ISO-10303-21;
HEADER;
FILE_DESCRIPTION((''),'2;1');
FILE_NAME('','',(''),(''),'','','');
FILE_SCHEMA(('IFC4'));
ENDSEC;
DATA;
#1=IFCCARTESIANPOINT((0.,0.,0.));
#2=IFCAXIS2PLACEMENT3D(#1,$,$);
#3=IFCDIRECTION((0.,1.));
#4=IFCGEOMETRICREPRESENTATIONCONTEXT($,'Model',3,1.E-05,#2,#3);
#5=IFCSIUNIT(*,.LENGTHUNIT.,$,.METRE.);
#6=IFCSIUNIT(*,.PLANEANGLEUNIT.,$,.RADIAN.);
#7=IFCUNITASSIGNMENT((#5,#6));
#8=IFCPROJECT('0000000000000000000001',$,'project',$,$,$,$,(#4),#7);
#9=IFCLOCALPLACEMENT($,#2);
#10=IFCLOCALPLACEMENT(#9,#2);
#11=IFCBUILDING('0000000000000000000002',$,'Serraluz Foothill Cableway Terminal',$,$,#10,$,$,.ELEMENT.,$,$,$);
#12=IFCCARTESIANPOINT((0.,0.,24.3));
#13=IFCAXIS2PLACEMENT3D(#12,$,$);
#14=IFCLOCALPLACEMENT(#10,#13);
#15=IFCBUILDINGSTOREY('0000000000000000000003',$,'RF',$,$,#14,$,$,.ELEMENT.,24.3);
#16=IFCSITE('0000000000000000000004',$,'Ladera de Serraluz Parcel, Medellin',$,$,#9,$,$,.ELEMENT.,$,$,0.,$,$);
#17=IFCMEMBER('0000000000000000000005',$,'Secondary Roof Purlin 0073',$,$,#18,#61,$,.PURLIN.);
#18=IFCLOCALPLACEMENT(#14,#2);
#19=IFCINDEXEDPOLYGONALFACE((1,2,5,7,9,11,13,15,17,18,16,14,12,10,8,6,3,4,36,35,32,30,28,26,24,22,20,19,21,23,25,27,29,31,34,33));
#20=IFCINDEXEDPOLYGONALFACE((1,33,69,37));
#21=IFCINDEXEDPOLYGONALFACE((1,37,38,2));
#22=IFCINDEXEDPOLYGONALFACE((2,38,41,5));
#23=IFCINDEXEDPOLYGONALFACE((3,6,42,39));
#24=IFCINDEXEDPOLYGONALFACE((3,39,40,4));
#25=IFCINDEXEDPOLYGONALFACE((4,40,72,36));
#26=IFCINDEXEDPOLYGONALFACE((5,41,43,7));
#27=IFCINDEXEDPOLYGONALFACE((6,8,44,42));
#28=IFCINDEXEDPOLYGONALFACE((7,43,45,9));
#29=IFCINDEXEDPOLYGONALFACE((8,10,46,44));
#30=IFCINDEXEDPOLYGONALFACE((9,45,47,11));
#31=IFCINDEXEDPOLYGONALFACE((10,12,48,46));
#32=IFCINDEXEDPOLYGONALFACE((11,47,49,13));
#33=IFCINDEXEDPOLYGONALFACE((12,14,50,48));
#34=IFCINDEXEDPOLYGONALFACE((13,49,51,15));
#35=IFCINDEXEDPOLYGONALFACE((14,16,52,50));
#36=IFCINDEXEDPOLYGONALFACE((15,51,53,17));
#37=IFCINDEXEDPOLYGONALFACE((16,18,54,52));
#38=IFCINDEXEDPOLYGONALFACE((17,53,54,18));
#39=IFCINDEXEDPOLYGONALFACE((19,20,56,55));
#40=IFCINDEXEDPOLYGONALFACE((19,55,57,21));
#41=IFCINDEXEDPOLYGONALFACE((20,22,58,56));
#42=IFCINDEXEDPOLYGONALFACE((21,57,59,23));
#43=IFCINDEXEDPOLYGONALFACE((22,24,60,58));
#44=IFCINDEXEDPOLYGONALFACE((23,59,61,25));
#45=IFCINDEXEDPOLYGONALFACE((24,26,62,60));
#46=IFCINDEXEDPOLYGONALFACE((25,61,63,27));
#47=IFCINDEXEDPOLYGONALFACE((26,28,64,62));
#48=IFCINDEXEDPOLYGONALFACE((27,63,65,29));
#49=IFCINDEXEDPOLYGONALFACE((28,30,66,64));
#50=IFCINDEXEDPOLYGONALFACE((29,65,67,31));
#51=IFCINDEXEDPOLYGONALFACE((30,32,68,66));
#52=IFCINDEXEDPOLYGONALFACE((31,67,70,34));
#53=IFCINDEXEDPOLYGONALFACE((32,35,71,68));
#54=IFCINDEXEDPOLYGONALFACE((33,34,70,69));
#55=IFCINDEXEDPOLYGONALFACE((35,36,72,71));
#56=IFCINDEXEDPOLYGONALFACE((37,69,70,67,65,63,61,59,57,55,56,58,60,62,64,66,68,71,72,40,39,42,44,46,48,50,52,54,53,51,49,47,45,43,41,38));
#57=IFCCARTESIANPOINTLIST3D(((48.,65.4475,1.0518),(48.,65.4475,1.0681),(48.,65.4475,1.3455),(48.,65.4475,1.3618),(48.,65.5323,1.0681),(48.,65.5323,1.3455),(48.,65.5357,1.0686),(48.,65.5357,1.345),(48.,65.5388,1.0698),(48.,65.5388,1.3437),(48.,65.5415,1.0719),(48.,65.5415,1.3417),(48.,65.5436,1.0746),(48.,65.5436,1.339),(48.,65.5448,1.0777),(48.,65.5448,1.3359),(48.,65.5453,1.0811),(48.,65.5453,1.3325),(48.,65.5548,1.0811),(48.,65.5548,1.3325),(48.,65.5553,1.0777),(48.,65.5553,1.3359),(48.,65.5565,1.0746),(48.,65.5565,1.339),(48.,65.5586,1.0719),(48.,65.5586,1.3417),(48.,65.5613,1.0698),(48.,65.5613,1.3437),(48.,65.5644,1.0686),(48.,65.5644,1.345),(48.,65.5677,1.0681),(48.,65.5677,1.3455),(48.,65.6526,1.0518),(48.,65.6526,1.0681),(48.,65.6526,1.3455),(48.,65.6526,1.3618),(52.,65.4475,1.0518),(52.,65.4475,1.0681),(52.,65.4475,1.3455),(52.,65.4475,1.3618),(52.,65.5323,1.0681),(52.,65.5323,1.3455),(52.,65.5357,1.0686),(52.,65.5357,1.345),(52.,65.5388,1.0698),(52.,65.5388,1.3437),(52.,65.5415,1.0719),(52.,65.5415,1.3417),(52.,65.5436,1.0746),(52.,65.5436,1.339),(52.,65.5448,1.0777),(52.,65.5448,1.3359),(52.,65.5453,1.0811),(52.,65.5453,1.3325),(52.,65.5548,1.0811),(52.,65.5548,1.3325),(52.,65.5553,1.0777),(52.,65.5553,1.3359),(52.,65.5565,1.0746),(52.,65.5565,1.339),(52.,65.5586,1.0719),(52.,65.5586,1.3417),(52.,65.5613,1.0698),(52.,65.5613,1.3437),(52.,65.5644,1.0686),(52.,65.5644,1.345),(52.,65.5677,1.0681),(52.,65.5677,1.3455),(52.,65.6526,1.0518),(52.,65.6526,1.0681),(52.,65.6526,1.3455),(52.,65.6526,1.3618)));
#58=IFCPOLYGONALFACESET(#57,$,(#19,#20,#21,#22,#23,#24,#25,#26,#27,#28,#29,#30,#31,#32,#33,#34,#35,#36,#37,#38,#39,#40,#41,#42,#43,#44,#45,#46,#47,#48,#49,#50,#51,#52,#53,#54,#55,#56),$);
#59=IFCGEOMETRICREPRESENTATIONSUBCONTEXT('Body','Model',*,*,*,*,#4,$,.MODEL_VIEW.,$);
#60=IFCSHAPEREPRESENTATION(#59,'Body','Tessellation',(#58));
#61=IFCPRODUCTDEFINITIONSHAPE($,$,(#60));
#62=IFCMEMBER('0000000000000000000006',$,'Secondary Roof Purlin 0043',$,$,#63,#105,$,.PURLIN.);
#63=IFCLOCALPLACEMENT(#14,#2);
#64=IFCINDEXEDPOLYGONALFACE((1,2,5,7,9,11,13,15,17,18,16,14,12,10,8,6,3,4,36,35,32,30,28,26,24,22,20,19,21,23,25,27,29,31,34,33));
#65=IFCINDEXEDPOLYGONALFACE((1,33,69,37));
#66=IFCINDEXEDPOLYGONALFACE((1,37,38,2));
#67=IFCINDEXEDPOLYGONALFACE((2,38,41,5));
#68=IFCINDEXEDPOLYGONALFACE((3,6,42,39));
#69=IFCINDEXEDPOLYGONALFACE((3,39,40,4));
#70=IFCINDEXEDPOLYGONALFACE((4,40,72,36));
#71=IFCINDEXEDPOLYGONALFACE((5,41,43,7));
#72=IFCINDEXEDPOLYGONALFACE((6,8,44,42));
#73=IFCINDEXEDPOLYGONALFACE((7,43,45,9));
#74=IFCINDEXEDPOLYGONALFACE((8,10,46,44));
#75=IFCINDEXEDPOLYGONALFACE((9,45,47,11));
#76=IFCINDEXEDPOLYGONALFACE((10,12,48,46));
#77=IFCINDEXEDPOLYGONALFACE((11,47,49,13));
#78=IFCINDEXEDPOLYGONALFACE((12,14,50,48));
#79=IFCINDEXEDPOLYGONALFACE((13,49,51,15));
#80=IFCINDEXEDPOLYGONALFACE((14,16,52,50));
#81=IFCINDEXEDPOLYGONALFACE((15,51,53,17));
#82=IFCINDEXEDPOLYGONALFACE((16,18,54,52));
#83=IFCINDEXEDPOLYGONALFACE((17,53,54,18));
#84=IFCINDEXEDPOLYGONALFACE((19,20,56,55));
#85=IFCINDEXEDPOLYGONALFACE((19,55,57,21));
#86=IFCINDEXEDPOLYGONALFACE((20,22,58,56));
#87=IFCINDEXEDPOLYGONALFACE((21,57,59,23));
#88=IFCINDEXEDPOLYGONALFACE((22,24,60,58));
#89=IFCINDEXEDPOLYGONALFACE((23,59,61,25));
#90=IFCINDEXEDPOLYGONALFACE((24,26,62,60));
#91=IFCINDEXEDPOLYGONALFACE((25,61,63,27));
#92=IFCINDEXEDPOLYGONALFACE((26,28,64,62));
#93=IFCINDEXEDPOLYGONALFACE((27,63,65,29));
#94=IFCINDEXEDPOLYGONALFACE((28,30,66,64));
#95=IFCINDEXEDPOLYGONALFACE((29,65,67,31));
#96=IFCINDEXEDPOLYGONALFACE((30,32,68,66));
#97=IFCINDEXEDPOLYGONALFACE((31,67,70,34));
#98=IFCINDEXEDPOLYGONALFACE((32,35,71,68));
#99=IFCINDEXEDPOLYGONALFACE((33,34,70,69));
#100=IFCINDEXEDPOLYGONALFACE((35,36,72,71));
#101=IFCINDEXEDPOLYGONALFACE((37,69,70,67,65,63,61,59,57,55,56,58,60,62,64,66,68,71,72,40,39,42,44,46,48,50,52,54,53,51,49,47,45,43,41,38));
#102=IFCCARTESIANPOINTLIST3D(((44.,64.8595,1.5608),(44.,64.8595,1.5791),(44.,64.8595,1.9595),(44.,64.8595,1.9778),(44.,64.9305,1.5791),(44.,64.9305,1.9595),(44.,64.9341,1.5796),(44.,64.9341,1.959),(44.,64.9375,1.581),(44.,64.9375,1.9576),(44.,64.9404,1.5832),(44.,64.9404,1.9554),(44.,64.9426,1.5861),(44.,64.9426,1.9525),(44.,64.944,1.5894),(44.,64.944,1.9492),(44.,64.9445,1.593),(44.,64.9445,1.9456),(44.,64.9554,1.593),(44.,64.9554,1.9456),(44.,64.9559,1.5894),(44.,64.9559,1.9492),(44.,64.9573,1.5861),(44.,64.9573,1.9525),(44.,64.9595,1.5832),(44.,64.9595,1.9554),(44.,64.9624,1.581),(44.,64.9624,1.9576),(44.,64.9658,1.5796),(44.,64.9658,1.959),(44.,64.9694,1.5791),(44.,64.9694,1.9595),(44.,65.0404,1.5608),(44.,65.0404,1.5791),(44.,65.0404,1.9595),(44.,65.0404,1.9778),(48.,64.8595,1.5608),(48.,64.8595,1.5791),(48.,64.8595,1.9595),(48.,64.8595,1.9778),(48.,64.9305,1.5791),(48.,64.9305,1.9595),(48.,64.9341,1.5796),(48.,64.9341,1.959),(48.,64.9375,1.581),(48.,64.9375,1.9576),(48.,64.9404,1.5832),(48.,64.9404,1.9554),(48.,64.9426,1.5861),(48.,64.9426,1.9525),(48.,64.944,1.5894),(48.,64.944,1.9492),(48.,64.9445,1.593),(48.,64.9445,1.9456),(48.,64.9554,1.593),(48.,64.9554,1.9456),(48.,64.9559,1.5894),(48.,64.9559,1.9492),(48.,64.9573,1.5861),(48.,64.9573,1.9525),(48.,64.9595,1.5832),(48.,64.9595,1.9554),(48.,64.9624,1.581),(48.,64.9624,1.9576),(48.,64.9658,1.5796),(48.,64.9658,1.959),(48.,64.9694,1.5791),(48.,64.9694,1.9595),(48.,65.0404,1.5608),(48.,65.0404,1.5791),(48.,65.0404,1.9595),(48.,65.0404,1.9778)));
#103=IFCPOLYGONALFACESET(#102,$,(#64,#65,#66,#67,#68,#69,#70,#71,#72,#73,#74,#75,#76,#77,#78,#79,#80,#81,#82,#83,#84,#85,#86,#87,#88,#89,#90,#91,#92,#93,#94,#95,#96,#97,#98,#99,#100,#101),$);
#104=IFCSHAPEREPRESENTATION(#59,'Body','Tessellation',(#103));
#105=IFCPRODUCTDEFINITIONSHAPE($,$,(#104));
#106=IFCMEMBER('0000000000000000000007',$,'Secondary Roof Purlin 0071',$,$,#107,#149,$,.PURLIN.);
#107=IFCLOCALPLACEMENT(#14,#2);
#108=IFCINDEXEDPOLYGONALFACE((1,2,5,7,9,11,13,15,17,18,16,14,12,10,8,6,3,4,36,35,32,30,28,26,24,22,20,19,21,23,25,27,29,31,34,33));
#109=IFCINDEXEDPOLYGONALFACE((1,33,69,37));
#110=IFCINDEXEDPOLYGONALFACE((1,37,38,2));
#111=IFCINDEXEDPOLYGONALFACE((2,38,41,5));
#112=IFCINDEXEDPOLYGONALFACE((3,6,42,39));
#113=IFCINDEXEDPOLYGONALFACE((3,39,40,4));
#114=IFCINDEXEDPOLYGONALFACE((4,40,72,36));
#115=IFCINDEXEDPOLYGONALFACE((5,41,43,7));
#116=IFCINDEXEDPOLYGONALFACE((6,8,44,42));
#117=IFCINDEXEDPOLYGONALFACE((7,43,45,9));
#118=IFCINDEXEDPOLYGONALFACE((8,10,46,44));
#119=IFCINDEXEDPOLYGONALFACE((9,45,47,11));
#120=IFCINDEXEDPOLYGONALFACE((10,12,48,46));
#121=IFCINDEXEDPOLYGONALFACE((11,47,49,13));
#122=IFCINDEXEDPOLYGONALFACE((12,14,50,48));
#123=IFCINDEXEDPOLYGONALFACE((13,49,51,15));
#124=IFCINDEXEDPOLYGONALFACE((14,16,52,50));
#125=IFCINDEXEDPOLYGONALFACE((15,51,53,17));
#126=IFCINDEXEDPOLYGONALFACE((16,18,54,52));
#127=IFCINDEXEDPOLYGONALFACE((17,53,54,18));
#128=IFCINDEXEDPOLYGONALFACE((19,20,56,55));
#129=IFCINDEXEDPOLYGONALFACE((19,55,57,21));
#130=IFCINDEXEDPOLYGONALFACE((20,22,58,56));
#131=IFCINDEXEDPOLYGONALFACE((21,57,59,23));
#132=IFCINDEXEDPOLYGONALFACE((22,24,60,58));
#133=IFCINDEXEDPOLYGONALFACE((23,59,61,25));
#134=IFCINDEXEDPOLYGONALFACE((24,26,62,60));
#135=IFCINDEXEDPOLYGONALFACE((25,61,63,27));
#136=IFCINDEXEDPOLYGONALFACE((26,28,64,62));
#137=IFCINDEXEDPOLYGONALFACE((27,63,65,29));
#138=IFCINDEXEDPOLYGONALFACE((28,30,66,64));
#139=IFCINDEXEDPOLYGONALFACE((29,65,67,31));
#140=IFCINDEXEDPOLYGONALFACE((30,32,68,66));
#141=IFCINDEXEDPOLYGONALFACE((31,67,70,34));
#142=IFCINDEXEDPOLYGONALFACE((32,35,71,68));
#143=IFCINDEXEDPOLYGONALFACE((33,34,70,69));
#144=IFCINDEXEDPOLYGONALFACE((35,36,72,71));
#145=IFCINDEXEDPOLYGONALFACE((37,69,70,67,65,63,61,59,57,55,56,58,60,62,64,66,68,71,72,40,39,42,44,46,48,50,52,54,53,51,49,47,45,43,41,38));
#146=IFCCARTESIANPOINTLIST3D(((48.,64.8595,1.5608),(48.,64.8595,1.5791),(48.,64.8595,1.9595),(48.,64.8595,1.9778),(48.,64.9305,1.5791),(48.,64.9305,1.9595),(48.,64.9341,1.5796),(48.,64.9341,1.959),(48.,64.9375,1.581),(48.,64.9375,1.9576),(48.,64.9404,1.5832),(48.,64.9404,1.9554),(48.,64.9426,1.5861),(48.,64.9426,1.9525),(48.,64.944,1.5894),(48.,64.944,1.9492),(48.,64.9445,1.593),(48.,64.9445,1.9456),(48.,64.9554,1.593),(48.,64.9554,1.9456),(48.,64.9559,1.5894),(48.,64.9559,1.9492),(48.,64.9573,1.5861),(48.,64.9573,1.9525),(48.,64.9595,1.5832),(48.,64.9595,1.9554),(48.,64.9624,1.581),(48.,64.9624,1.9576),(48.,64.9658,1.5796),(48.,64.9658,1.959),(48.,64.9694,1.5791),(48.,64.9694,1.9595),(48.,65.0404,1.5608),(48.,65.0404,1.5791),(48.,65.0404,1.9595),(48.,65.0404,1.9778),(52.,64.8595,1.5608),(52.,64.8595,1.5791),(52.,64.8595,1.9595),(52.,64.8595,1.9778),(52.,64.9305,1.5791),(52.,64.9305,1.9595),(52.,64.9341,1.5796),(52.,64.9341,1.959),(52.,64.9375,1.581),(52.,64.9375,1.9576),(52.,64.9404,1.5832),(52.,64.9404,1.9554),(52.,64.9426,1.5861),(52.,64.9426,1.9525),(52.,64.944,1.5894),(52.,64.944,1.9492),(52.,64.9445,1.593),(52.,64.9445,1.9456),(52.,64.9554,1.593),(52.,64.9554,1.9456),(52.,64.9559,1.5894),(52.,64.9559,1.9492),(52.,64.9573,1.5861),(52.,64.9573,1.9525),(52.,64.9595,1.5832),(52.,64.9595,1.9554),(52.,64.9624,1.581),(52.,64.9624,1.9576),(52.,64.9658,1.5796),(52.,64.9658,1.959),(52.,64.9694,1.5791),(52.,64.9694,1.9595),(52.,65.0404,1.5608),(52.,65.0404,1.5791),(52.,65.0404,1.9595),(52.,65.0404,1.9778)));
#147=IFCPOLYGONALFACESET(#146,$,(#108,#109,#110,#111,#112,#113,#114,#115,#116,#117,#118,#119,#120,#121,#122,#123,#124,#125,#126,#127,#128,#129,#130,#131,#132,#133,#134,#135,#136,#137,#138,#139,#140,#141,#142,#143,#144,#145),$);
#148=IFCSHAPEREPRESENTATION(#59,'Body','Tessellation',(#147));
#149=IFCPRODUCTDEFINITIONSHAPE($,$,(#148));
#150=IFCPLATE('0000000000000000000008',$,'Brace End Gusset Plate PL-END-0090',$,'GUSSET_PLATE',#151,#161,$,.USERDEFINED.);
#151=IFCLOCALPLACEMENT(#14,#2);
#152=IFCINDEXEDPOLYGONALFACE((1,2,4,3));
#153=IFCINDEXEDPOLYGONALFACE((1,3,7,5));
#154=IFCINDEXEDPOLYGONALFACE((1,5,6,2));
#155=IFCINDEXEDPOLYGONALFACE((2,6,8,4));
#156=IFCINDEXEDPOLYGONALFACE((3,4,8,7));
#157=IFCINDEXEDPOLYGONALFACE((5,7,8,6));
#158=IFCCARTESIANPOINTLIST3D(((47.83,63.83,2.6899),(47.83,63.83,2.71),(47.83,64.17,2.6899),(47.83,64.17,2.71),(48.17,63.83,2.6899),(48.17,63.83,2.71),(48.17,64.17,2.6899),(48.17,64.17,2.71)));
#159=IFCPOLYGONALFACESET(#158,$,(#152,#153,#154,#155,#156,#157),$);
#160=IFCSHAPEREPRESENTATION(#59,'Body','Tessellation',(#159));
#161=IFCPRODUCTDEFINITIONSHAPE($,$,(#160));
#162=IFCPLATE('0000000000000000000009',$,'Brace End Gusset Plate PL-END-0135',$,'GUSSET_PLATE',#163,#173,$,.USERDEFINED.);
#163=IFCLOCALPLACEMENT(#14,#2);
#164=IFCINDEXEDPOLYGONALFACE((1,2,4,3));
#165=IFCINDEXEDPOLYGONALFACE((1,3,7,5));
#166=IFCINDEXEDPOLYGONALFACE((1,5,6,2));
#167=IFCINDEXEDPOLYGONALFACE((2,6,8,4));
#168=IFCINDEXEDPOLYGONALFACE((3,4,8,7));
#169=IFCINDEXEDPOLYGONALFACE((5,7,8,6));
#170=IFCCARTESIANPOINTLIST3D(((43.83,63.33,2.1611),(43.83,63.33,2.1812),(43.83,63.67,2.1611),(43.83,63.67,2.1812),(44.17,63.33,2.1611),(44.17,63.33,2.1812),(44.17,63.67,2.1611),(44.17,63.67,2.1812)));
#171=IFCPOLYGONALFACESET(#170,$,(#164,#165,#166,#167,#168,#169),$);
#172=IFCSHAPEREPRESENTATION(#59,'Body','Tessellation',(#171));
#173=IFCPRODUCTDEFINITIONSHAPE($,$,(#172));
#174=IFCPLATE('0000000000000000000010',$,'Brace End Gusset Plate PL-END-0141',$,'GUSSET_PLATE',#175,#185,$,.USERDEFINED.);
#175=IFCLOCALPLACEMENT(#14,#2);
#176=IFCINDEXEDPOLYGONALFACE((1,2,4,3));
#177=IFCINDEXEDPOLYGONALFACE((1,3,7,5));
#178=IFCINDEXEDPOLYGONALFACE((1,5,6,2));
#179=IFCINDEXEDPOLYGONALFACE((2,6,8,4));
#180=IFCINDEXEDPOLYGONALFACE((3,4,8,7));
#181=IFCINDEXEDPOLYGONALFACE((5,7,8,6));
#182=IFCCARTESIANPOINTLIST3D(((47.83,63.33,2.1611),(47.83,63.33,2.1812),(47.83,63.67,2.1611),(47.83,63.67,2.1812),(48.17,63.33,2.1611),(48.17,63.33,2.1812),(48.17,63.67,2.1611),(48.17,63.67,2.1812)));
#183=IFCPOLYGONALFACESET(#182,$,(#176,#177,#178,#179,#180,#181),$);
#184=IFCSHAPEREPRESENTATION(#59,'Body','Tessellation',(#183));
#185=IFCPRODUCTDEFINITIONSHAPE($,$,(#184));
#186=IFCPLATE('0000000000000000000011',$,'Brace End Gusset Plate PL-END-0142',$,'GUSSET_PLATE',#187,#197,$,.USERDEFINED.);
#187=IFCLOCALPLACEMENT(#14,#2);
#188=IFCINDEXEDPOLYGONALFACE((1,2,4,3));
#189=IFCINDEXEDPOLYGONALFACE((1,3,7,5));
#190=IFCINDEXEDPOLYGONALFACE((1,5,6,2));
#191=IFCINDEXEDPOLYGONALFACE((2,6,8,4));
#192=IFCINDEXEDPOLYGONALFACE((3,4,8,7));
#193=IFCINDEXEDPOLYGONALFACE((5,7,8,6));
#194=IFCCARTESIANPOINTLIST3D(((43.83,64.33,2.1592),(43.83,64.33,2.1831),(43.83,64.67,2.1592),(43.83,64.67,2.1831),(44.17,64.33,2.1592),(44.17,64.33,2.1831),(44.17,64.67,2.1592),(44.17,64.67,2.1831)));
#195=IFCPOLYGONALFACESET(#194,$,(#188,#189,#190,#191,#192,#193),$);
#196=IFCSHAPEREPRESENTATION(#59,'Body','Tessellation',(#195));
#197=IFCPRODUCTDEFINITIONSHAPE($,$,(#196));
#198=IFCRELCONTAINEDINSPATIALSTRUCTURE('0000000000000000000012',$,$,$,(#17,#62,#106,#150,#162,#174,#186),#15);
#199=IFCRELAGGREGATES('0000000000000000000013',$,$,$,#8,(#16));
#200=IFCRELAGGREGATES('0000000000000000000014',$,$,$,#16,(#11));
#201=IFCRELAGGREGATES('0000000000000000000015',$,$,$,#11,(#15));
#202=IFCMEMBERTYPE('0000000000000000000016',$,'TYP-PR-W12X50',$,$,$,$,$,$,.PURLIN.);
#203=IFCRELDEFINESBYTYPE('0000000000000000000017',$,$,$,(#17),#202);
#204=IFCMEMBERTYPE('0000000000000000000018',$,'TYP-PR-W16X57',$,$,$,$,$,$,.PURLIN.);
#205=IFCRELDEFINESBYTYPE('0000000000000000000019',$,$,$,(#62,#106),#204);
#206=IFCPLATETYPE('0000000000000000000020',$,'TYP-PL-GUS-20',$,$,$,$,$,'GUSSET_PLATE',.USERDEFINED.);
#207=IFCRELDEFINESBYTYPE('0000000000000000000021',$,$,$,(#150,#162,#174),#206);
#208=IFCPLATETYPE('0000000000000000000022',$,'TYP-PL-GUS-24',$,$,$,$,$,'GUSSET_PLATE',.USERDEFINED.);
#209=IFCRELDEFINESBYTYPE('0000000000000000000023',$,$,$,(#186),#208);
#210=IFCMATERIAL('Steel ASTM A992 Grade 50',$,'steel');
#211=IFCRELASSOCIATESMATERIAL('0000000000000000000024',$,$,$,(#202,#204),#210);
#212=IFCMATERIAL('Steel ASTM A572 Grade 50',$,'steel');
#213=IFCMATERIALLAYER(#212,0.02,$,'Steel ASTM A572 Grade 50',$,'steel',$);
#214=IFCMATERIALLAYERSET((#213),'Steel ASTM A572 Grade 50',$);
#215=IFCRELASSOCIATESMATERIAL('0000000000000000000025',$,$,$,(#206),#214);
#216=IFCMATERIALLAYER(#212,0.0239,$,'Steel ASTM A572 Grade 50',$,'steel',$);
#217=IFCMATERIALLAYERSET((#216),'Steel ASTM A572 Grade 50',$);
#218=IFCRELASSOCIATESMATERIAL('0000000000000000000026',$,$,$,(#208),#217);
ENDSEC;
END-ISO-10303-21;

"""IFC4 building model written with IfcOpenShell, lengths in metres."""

from ifc_helpers import new_model, si_unit, direction, frame, origin, origin_2d, place, context, subcontext, project, spatial, rectangle, i_section, extrude, material, layer, layer_set, material_profile, profile_set, type_object, element, save


model = new_model("IFC4")

# Units and contexts
model_context = context("Model", 3, precision=1e-05, world=origin(), true_north=direction((0.0, 1.0)))
body_context = subcontext(model_context, "Body", "Model", "MODEL_VIEW")
ifc_project = project(units=[si_unit("LENGTHUNIT", "METRE"), si_unit("PLANEANGLEUNIT", "RADIAN")], contexts=[model_context])

# Site, building, storey
site_placement = place(None, origin())
site = spatial("IfcSite", under=ifc_project, at=site_placement, Name="Ladera de Serraluz Parcel, Medellin", CompositionType="ELEMENT", RefElevation=0.0)
building_placement = place(site_placement, origin())
building = spatial("IfcBuilding", under=site, at=building_placement, Name="Serraluz Foothill Cableway Terminal", CompositionType="ELEMENT")
storey_placement = place(building_placement, frame((0.0, 0.0, 24.3)))
storey = spatial("IfcBuildingStorey", under=building, at=storey_placement, Name="RF", CompositionType="ELEMENT", Elevation=24.3)

# Members
ifc_material_1 = material(Name="Steel ASTM A572 Grade 50", Category="steel")
ifc_material_2 = material(Name="Steel ASTM A992 Grade 50", Category="steel")
ifc_material_profile_1 = material_profile(ifc_material_2, i_section(OverallWidth=0.2051, OverallDepth=0.3101, WebThickness=0.0095, FlangeThickness=0.0164, FilletRadius=0.0129, at=origin_2d()), Name="W12X50")
ifc_profile_set_1 = profile_set([ifc_material_profile_1], Name="Steel ASTM A992 Grade 50")
member_type_1 = type_object("IfcMemberType", Name="TYP-PR-W12X50", PredefinedType="PURLIN", material=ifc_profile_set_1)
for number, where, z_axis, x_axis, name in (
    (1, (48.0, 65.55, 1.2068), (1.0, 0.0, 0.0), (0.0, 1.0, 0.0), "Secondary Roof Purlin 0073"),
):
    element("IfcMember", number, at=place(storey_placement, frame(where, z_axis=z_axis, x_axis=x_axis)), inside=storey, type_object=member_type_1, Name=name, PredefinedType="PURLIN", context=body_context, shape_type="SweptSolid", body=[
        extrude(i_section(OverallWidth=0.2051, OverallDepth=0.3101, WebThickness=0.0095, FlangeThickness=0.0164, FilletRadius=0.0129, at=origin_2d()), origin(), (0.0, 0.0, 1.0), 4.0),
    ])
ifc_material_profile_2 = material_profile(ifc_material_2, i_section(OverallWidth=0.1809, OverallDepth=0.417, WebThickness=0.011, FlangeThickness=0.0183, FilletRadius=0.0139, at=origin_2d()), Name="W16X57")
ifc_profile_set_2 = profile_set([ifc_material_profile_2], Name="Steel ASTM A992 Grade 50")
member_type_2 = type_object("IfcMemberType", Name="TYP-PR-W16X57", PredefinedType="PURLIN", material=ifc_profile_set_2)
for number, where, z_axis, x_axis, name in (
    (2, (44.0, 64.95, 1.7693), (1.0, 0.0, 0.0), (0.0, 1.0, 0.0), "Secondary Roof Purlin 0043"),
    (3, (48.0, 64.95, 1.7693), (1.0, 0.0, 0.0), (0.0, 1.0, 0.0), "Secondary Roof Purlin 0071"),
):
    element("IfcMember", number, at=place(storey_placement, frame(where, z_axis=z_axis, x_axis=x_axis)), inside=storey, type_object=member_type_2, Name=name, PredefinedType="PURLIN", context=body_context, shape_type="SweptSolid", body=[
        extrude(i_section(OverallWidth=0.1809, OverallDepth=0.417, WebThickness=0.011, FlangeThickness=0.0183, FilletRadius=0.0139, at=origin_2d()), origin(), (0.0, 0.0, 1.0), 4.0),
    ])

# Plates
ifc_layer_1 = layer(ifc_material_1, 0.02, Name="Steel ASTM A572 Grade 50", Category="steel")
ifc_layer_set_1 = layer_set([ifc_layer_1], Name="Steel ASTM A572 Grade 50")
plate_type_1 = type_object("IfcPlateType", Name="TYP-PL-GUS-20", ElementType="GUSSET_PLATE", PredefinedType="USERDEFINED", material=ifc_layer_set_1)
for number, where, z_axis, x_axis, name in (
    (4, (48.0, 64.0, 2.6899), (0.0, 0.0, 1.0), (1.0, 0.0, 0.0), "Brace End Gusset Plate PL-END-0090"),
    (5, (44.0, 63.5, 2.1611), (0.0, 0.0, 1.0), (1.0, 0.0, 0.0), "Brace End Gusset Plate PL-END-0135"),
    (6, (48.0, 63.5, 2.1611), (0.0, 0.0, 1.0), (1.0, 0.0, 0.0), "Brace End Gusset Plate PL-END-0141"),
):
    element("IfcPlate", number, at=place(storey_placement, frame(where, z_axis=z_axis, x_axis=x_axis)), inside=storey, type_object=plate_type_1, Name=name, ObjectType="GUSSET_PLATE", PredefinedType="USERDEFINED", context=body_context, shape_type="SweptSolid", body=[
        extrude(rectangle(XDim=0.3401, YDim=0.3401, at=origin_2d()), origin(), (0.0, 0.0, 1.0), 0.02),
    ])
ifc_layer_2 = layer(ifc_material_1, 0.0239, Name="Steel ASTM A572 Grade 50", Category="steel")
ifc_layer_set_2 = layer_set([ifc_layer_2], Name="Steel ASTM A572 Grade 50")
plate_type_2 = type_object("IfcPlateType", Name="TYP-PL-GUS-24", ElementType="GUSSET_PLATE", PredefinedType="USERDEFINED", material=ifc_layer_set_2)
for number, where, z_axis, x_axis, name in (
    (7, (44.0, 64.5, 2.1592), (0.0, 0.0, 1.0), (1.0, 0.0, 0.0), "Brace End Gusset Plate PL-END-0142"),
):
    element("IfcPlate", number, at=place(storey_placement, frame(where, z_axis=z_axis, x_axis=x_axis)), inside=storey, type_object=plate_type_2, Name=name, ObjectType="GUSSET_PLATE", PredefinedType="USERDEFINED", context=body_context, shape_type="SweptSolid", body=[
        extrude(rectangle(XDim=0.3401, YDim=0.3401, at=origin_2d()), origin(), (0.0, 0.0, 1.0), 0.0239),
    ])

save(model, "model.ifc")
